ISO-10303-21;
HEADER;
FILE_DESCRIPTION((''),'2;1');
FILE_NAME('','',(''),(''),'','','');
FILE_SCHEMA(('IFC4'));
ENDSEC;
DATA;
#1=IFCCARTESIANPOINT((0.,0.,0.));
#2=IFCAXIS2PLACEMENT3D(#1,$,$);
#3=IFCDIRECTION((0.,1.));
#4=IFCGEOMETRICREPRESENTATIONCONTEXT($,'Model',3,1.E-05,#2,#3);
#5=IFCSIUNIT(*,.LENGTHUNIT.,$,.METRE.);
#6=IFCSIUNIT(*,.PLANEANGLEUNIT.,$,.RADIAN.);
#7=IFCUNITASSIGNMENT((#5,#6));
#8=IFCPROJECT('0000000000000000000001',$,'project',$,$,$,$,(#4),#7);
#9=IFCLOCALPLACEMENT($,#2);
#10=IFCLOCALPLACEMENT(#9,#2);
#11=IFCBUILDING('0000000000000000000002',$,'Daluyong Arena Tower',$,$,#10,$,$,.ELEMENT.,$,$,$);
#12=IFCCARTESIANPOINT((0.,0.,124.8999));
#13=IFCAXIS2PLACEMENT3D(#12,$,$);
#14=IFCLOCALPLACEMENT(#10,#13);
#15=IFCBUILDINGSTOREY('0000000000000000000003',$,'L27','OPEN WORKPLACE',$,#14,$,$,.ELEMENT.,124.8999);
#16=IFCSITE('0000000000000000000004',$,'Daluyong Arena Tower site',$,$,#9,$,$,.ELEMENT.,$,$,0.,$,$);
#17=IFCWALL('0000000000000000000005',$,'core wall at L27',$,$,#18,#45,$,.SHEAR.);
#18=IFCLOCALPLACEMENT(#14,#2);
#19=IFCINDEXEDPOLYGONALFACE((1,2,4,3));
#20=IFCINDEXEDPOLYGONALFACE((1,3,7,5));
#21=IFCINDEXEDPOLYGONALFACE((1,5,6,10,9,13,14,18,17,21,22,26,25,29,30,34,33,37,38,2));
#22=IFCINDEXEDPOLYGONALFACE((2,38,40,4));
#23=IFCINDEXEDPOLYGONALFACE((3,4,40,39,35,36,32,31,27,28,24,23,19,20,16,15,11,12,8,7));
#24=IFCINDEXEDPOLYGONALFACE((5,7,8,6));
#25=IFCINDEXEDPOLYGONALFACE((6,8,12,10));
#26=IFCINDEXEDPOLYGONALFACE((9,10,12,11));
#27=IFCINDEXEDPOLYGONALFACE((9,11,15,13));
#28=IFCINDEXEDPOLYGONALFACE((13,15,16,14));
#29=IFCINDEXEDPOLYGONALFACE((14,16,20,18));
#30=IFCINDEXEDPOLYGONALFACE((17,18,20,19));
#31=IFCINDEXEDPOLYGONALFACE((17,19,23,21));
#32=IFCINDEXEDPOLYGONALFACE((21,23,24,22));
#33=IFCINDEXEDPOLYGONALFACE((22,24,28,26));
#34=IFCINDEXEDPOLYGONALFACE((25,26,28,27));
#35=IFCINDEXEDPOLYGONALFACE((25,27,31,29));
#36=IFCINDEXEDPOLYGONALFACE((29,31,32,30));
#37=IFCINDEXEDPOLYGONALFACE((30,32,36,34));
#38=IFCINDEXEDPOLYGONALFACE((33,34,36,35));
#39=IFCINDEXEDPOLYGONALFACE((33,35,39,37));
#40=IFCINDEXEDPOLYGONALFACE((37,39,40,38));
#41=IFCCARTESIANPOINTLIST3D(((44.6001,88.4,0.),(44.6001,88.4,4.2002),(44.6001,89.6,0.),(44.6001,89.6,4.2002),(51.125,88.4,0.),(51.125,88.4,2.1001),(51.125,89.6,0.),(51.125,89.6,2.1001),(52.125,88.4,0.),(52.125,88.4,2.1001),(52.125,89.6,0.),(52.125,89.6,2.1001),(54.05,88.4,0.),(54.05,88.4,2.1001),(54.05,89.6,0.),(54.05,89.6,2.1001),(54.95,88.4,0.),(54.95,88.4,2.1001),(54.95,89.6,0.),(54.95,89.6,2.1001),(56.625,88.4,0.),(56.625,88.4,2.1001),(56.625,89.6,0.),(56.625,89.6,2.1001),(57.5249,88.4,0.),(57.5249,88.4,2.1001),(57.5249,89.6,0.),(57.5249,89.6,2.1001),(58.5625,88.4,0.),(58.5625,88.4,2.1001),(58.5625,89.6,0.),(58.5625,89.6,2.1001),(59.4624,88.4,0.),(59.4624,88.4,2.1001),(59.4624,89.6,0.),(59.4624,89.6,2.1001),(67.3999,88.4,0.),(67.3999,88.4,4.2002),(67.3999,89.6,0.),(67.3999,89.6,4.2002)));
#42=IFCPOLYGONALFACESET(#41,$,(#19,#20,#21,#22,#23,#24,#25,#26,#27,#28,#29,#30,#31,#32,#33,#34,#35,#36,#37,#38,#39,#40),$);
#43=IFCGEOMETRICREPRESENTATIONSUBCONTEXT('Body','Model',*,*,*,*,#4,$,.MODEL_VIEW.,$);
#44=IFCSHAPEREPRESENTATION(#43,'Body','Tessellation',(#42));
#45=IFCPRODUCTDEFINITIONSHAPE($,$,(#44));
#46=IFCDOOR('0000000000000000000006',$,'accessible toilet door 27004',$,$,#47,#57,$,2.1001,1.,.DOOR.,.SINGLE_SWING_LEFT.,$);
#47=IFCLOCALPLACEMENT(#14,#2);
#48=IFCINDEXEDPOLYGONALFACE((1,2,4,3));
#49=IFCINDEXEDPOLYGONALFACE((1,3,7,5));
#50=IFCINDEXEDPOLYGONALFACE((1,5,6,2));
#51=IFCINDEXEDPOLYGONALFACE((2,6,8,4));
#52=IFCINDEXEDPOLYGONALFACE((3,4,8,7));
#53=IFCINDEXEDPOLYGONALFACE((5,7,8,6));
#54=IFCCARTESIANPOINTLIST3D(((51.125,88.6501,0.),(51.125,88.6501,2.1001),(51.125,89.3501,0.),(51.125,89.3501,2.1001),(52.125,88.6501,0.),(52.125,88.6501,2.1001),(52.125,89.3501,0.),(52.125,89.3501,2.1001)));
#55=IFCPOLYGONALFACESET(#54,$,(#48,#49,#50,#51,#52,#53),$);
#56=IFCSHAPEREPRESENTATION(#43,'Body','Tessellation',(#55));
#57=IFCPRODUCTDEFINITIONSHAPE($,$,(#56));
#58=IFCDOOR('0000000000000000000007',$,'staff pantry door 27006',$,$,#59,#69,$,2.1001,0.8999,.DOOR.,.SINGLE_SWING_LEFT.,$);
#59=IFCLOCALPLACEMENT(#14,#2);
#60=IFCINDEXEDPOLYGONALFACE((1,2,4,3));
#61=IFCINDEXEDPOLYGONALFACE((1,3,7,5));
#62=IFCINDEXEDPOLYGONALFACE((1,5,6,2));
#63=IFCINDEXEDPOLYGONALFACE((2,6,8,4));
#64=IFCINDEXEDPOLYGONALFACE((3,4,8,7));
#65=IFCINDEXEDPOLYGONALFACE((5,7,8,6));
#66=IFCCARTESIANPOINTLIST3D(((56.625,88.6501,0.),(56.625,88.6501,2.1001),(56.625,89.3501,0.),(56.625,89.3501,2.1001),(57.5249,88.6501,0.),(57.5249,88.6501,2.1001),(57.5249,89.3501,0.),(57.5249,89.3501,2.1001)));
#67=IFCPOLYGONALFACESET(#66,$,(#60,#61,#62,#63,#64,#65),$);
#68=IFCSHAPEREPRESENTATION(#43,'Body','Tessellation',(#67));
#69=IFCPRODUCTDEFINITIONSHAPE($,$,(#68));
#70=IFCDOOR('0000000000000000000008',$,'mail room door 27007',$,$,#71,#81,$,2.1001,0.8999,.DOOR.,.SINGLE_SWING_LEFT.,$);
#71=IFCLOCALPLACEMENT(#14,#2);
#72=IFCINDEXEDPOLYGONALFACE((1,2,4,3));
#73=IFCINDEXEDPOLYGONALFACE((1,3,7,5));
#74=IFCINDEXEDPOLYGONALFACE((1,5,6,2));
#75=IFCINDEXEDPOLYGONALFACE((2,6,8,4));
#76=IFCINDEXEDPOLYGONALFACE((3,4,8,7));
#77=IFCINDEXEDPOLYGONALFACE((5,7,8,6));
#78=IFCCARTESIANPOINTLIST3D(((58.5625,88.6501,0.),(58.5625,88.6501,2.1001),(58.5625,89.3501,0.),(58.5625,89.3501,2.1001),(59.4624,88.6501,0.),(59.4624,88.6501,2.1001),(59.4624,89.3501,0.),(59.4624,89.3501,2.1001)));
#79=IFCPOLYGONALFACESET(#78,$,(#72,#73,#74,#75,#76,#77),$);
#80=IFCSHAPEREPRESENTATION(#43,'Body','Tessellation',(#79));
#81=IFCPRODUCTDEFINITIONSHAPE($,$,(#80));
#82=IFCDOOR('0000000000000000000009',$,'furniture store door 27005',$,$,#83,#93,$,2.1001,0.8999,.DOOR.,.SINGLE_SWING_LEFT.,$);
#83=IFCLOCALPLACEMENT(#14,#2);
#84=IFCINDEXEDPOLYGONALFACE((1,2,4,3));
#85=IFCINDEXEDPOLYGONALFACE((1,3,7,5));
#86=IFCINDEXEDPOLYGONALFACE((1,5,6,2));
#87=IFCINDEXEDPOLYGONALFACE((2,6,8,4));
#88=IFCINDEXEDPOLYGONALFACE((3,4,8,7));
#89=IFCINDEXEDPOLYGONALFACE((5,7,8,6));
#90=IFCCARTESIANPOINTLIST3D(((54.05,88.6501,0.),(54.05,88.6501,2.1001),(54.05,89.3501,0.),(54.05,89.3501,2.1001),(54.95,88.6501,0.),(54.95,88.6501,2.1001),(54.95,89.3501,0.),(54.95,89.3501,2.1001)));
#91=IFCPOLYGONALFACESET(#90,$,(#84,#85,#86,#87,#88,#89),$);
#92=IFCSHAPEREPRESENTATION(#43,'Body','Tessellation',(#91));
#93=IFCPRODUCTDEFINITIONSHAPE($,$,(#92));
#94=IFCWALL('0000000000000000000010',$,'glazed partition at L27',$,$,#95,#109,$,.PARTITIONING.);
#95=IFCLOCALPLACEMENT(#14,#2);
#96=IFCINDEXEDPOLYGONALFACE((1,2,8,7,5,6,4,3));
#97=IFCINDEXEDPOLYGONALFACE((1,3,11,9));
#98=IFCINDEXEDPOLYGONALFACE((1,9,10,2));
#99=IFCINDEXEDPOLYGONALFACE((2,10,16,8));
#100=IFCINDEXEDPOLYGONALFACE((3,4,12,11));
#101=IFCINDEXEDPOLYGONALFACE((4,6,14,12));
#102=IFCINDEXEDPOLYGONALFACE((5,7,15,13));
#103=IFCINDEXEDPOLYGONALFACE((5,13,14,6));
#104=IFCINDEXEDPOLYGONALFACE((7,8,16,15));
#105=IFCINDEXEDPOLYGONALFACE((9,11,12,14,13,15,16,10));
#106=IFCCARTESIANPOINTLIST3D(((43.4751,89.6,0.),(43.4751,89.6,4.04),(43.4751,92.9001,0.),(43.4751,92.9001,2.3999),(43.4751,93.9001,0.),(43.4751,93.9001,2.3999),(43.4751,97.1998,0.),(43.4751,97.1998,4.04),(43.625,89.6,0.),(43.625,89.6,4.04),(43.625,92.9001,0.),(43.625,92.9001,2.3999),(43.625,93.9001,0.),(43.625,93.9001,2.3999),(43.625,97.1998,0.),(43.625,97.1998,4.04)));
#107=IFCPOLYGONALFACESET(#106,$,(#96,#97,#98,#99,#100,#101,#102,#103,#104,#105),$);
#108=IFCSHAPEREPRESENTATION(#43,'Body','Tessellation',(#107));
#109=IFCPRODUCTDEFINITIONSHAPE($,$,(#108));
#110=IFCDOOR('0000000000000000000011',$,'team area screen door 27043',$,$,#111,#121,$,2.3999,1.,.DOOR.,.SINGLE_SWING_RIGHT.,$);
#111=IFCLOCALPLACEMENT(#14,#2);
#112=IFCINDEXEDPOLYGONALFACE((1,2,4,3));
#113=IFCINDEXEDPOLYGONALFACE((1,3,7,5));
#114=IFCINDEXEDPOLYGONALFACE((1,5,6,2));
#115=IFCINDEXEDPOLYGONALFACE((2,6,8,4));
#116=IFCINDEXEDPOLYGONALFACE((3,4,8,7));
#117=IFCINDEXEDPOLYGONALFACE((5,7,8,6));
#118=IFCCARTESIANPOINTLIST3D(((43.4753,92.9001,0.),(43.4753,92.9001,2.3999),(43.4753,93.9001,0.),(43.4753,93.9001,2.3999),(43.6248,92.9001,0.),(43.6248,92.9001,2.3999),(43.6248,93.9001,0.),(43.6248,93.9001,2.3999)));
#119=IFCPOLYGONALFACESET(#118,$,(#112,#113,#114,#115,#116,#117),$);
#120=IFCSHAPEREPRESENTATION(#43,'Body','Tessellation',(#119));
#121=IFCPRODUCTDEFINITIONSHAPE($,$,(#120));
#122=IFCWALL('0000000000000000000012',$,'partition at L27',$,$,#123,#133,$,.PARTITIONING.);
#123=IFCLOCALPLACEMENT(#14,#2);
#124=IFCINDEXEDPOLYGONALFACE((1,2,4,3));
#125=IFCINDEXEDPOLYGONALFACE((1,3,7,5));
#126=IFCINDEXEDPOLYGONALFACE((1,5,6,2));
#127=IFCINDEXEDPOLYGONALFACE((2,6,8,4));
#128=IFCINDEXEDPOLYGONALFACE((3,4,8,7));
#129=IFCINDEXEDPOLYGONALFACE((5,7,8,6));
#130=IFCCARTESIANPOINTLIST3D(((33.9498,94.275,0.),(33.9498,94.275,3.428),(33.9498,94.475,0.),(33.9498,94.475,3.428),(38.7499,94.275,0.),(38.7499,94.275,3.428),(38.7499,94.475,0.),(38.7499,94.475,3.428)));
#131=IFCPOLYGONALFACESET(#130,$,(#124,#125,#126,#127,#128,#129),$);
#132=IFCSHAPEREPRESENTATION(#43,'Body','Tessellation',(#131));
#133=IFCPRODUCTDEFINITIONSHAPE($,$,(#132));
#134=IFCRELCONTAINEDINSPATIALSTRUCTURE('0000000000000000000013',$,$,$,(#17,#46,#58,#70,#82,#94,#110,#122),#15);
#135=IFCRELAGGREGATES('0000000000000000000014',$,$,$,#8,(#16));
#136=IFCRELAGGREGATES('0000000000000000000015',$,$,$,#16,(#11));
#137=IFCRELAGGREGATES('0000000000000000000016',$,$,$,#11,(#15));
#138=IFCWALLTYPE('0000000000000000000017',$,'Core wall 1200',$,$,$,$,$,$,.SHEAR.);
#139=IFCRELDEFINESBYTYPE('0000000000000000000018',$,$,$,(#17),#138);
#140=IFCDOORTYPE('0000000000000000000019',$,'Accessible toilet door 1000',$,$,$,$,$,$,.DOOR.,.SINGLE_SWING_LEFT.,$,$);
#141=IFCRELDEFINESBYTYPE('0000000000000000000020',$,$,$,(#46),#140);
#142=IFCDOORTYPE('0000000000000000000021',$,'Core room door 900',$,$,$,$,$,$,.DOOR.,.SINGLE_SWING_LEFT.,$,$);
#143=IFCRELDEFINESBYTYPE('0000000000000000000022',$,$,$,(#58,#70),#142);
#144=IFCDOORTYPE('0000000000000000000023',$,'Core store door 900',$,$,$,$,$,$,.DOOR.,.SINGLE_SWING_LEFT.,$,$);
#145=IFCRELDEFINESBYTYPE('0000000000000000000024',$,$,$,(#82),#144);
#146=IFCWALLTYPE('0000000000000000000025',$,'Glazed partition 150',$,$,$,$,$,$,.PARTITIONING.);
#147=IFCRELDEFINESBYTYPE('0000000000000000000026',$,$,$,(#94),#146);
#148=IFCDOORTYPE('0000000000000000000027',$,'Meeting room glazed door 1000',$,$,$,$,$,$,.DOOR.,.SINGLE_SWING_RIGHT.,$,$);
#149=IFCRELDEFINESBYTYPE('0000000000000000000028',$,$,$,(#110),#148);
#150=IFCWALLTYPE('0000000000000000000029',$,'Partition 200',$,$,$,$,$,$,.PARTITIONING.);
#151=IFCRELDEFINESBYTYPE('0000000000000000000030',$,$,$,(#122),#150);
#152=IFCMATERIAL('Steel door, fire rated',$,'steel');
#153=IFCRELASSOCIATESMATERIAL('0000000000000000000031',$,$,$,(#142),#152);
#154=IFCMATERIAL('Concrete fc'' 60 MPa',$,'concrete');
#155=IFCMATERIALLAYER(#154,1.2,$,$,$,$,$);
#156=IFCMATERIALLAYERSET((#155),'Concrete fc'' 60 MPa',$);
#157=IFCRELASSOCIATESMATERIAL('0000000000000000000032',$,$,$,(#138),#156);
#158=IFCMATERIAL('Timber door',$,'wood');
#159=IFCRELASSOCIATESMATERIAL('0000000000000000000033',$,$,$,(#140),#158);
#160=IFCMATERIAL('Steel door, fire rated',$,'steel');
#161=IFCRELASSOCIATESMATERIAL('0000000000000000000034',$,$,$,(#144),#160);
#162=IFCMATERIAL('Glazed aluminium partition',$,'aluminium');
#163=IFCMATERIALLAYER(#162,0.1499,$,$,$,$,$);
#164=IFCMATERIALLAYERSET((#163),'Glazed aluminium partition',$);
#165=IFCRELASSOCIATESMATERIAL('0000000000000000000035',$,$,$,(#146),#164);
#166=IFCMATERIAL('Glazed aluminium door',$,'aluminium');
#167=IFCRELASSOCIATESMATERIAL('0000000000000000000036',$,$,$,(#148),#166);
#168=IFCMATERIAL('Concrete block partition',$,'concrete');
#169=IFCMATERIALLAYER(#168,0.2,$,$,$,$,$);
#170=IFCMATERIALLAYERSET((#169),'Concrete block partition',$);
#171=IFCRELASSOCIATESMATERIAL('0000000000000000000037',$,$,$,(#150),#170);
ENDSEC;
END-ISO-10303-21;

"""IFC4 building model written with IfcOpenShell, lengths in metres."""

from ifc_helpers import new_model, si_unit, direction, frame, frame_2d, origin, place, context, subcontext, project, spatial, rectangle, extrude, material, layer, layer_set, type_object, element, fill, save


model = new_model("IFC4")

# Units and contexts
model_context = context("Model", 3, precision=1e-05, world=origin(), true_north=direction((0.0, 1.0)))
body_context = subcontext(model_context, "Body", "Model", "MODEL_VIEW")
ifc_project = project(units=[si_unit("LENGTHUNIT", "METRE"), si_unit("PLANEANGLEUNIT", "RADIAN")], contexts=[model_context])

# Site, building, storey
site_placement = place(None, origin())
site = spatial("IfcSite", under=ifc_project, at=site_placement, Name="Daluyong Arena Tower site", CompositionType="ELEMENT", RefElevation=0.0)
building_placement = place(site_placement, origin())
building = spatial("IfcBuilding", under=site, at=building_placement, Name="Daluyong Arena Tower", CompositionType="ELEMENT")
storey_placement = place(building_placement, frame((0.0, 0.0, 124.8999)))
storey = spatial("IfcBuildingStorey", under=building, at=storey_placement, Name="L27", Description="OPEN WORKPLACE", CompositionType="ELEMENT", Elevation=124.8999)

# Shared definitions
ifc_material_1 = material(Name="Steel door, fire rated", Category="steel")
door_type_1 = type_object("IfcDoorType", Name="Core room door 900", OperationType="SINGLE_SWING_LEFT", PredefinedType="DOOR", material=ifc_material_1)

# Wall, openings, doors
ifc_material_2 = material(Name="Concrete fc' 60 MPa", Category="concrete")
ifc_layer_1 = layer(ifc_material_2, 1.2)
ifc_layer_set_1 = layer_set([ifc_layer_1], Name="Concrete fc' 60 MPa")
wall_type_1 = type_object("IfcWallType", Name="Core wall 1200", PredefinedType="SHEAR", material=ifc_layer_set_1)
wall_1_placement = place(storey_placement, frame((44.6001, 89.0, 0.0), z_axis=(0.0, 0.0, 1.0), x_axis=(1.0, 0.0, 0.0)))
wall_1 = element("IfcWall", 1, at=wall_1_placement, inside=storey, type_object=wall_type_1, Name="core wall at L27", PredefinedType="SHEAR", context=body_context, shape_type="SweptSolid", body=[
    extrude(rectangle(XDim=22.7998, YDim=1.2, at=frame_2d((11.3999, 0.0))), origin(), (0.0, 0.0, 1.0), 4.2002),
])
opening_1_placement = place(wall_1_placement, frame((6.5249, 0.0, 0.0)))
opening_1 = element("IfcOpeningElement", 2, at=opening_1_placement, cuts=wall_1, PredefinedType="OPENING", context=body_context, shape_type="SweptSolid", body=[
    extrude(rectangle(XDim=1.0, YDim=2.1001, at=frame_2d((0.5, 1.05))), frame((0.0, 0.6099, 0.0), z_axis=(0.0, -1.0, 0.0), x_axis=(1.0, 0.0, 0.0)), (0.0, 0.0, 1.0), 1.22),
])
opening_2_placement = place(wall_1_placement, frame((9.45, 0.0, 0.0)))
opening_2 = element("IfcOpeningElement", 3, at=opening_2_placement, cuts=wall_1, PredefinedType="OPENING", context=body_context, shape_type="SweptSolid", body=[
    extrude(rectangle(XDim=0.8999, YDim=2.1001, at=frame_2d((0.45, 1.05))), frame((0.0, 0.6099, 0.0), z_axis=(0.0, -1.0, 0.0), x_axis=(1.0, 0.0, 0.0)), (0.0, 0.0, 1.0), 1.22),
])
opening_3_placement = place(wall_1_placement, frame((12.0249, 0.0, 0.0)))
opening_3 = element("IfcOpeningElement", 4, at=opening_3_placement, cuts=wall_1, PredefinedType="OPENING", context=body_context, shape_type="SweptSolid", body=[
    extrude(rectangle(XDim=0.8999, YDim=2.1001, at=frame_2d((0.45, 1.05))), frame((0.0, 0.6099, 0.0), z_axis=(0.0, -1.0, 0.0), x_axis=(1.0, 0.0, 0.0)), (0.0, 0.0, 1.0), 1.22),
])
opening_4_placement = place(wall_1_placement, frame((13.9624, 0.0, 0.0)))
opening_4 = element("IfcOpeningElement", 5, at=opening_4_placement, cuts=wall_1, PredefinedType="OPENING", context=body_context, shape_type="SweptSolid", body=[
    extrude(rectangle(XDim=0.8999, YDim=2.1001, at=frame_2d((0.45, 1.05))), frame((0.0, 0.6099, 0.0), z_axis=(0.0, -1.0, 0.0), x_axis=(1.0, 0.0, 0.0)), (0.0, 0.0, 1.0), 1.22),
])
ifc_material_3 = material(Name="Timber door", Category="wood")
door_type_2 = type_object("IfcDoorType", Name="Accessible toilet door 1000", OperationType="SINGLE_SWING_LEFT", PredefinedType="DOOR", material=ifc_material_3)
door_1_placement = place(opening_1_placement, origin())
door_1 = element("IfcDoor", 6, at=door_1_placement, inside=storey, type_object=door_type_2, Name="accessible toilet door 27004", OperationType="SINGLE_SWING_LEFT", OverallHeight=2.1001, OverallWidth=1.0, PredefinedType="DOOR", context=body_context, shape_type="SweptSolid", body=[
    extrude(rectangle(XDim=1.0, YDim=2.1001, at=frame_2d((0.5, 1.05))), frame((0.0, 0.3501, 0.0), z_axis=(0.0, -1.0, 0.0), x_axis=(1.0, 0.0, 0.0)), (0.0, 0.0, 1.0), 0.7),
])
fill(opening_1, door_1)
door_2_placement = place(opening_3_placement, origin())
door_2 = element("IfcDoor", 7, at=door_2_placement, inside=storey, type_object=door_type_1, Name="staff pantry door 27006", OperationType="SINGLE_SWING_LEFT", OverallHeight=2.1001, OverallWidth=0.8999, PredefinedType="DOOR", context=body_context, shape_type="SweptSolid", body=[
    extrude(rectangle(XDim=0.8999, YDim=2.1001, at=frame_2d((0.45, 1.05))), frame((0.0, 0.3501, 0.0), z_axis=(0.0, -1.0, 0.0), x_axis=(1.0, 0.0, 0.0)), (0.0, 0.0, 1.0), 0.7),
])
fill(opening_3, door_2)
door_3_placement = place(opening_4_placement, origin())
door_3 = element("IfcDoor", 8, at=door_3_placement, inside=storey, type_object=door_type_1, Name="mail room door 27007", OperationType="SINGLE_SWING_LEFT", OverallHeight=2.1001, OverallWidth=0.8999, PredefinedType="DOOR", context=body_context, shape_type="SweptSolid", body=[
    extrude(rectangle(XDim=0.8999, YDim=2.1001, at=frame_2d((0.45, 1.05))), frame((0.0, 0.3501, 0.0), z_axis=(0.0, -1.0, 0.0), x_axis=(1.0, 0.0, 0.0)), (0.0, 0.0, 1.0), 0.7),
])
fill(opening_4, door_3)
ifc_material_4 = material(Name="Steel door, fire rated", Category="steel")
door_type_3 = type_object("IfcDoorType", Name="Core store door 900", OperationType="SINGLE_SWING_LEFT", PredefinedType="DOOR", material=ifc_material_4)
door_4_placement = place(opening_2_placement, origin())
door_4 = element("IfcDoor", 9, at=door_4_placement, inside=storey, type_object=door_type_3, Name="furniture store door 27005", OperationType="SINGLE_SWING_LEFT", OverallHeight=2.1001, OverallWidth=0.8999, PredefinedType="DOOR", context=body_context, shape_type="SweptSolid", body=[
    extrude(rectangle(XDim=0.8999, YDim=2.1001, at=frame_2d((0.45, 1.05))), frame((0.0, 0.3501, 0.0), z_axis=(0.0, -1.0, 0.0), x_axis=(1.0, 0.0, 0.0)), (0.0, 0.0, 1.0), 0.7),
])
fill(opening_2, door_4)

# Wall, opening, door
ifc_material_5 = material(Name="Glazed aluminium partition", Category="aluminium")
ifc_layer_2 = layer(ifc_material_5, 0.1499)
ifc_layer_set_2 = layer_set([ifc_layer_2], Name="Glazed aluminium partition")
wall_type_2 = type_object("IfcWallType", Name="Glazed partition 150", PredefinedType="PARTITIONING", material=ifc_layer_set_2)
wall_2_placement = place(storey_placement, frame((43.55, 89.6001, 0.0), z_axis=(0.0, 0.0, 1.0), x_axis=(0.0, 1.0, 0.0)))
wall_2 = element("IfcWall", 10, at=wall_2_placement, inside=storey, type_object=wall_type_2, Name="glazed partition at L27", PredefinedType="PARTITIONING", context=body_context, shape_type="SweptSolid", body=[
    extrude(rectangle(XDim=7.5999, YDim=0.1499, at=frame_2d((3.7998, 0.0))), origin(), (0.0, 0.0, 1.0), 4.04),
])
opening_5_placement = place(wall_2_placement, frame((3.3, 0.0, 0.0)))
opening_5 = element("IfcOpeningElement", 11, at=opening_5_placement, cuts=wall_2, PredefinedType="OPENING", context=body_context, shape_type="SweptSolid", body=[
    extrude(rectangle(XDim=1.0, YDim=2.3999, at=frame_2d((0.5, 1.2))), frame((0.0, 0.085, 0.0), z_axis=(0.0, -1.0, 0.0), x_axis=(1.0, 0.0, 0.0)), (0.0, 0.0, 1.0), 0.1699),
])
ifc_material_6 = material(Name="Glazed aluminium door", Category="aluminium")
door_type_4 = type_object("IfcDoorType", Name="Meeting room glazed door 1000", OperationType="SINGLE_SWING_RIGHT", PredefinedType="DOOR", material=ifc_material_6)
door_5_placement = place(opening_5_placement, origin())
door_5 = element("IfcDoor", 12, at=door_5_placement, inside=storey, type_object=door_type_4, Name="team area screen door 27043", OperationType="SINGLE_SWING_RIGHT", OverallHeight=2.3999, OverallWidth=1.0, PredefinedType="DOOR", context=body_context, shape_type="SweptSolid", body=[
    extrude(rectangle(XDim=1.0, YDim=2.3999, at=frame_2d((0.5, 1.2))), frame((0.0, 0.0747, 0.0), z_axis=(0.0, -1.0, 0.0), x_axis=(1.0, 0.0, 0.0)), (0.0, 0.0, 1.0), 0.1494),
])
fill(opening_5, door_5)

# Wall
ifc_material_7 = material(Name="Concrete block partition", Category="concrete")
ifc_layer_3 = layer(ifc_material_7, 0.2)
ifc_layer_set_3 = layer_set([ifc_layer_3], Name="Concrete block partition")
wall_type_3 = type_object("IfcWallType", Name="Partition 200", PredefinedType="PARTITIONING", material=ifc_layer_set_3)
wall_3_placement = place(storey_placement, frame((33.95, 94.375, 0.0), z_axis=(0.0, 0.0, 1.0), x_axis=(1.0, 0.0, 0.0)))
element("IfcWall", 13, at=wall_3_placement, inside=storey, type_object=wall_type_3, Name="partition at L27", PredefinedType="PARTITIONING", context=body_context, shape_type="SweptSolid", body=[
    extrude(rectangle(XDim=4.8, YDim=0.2, at=frame_2d((2.3999, 0.0))), origin(), (0.0, 0.0, 1.0), 3.428),
])

save(model, "model.ifc")
